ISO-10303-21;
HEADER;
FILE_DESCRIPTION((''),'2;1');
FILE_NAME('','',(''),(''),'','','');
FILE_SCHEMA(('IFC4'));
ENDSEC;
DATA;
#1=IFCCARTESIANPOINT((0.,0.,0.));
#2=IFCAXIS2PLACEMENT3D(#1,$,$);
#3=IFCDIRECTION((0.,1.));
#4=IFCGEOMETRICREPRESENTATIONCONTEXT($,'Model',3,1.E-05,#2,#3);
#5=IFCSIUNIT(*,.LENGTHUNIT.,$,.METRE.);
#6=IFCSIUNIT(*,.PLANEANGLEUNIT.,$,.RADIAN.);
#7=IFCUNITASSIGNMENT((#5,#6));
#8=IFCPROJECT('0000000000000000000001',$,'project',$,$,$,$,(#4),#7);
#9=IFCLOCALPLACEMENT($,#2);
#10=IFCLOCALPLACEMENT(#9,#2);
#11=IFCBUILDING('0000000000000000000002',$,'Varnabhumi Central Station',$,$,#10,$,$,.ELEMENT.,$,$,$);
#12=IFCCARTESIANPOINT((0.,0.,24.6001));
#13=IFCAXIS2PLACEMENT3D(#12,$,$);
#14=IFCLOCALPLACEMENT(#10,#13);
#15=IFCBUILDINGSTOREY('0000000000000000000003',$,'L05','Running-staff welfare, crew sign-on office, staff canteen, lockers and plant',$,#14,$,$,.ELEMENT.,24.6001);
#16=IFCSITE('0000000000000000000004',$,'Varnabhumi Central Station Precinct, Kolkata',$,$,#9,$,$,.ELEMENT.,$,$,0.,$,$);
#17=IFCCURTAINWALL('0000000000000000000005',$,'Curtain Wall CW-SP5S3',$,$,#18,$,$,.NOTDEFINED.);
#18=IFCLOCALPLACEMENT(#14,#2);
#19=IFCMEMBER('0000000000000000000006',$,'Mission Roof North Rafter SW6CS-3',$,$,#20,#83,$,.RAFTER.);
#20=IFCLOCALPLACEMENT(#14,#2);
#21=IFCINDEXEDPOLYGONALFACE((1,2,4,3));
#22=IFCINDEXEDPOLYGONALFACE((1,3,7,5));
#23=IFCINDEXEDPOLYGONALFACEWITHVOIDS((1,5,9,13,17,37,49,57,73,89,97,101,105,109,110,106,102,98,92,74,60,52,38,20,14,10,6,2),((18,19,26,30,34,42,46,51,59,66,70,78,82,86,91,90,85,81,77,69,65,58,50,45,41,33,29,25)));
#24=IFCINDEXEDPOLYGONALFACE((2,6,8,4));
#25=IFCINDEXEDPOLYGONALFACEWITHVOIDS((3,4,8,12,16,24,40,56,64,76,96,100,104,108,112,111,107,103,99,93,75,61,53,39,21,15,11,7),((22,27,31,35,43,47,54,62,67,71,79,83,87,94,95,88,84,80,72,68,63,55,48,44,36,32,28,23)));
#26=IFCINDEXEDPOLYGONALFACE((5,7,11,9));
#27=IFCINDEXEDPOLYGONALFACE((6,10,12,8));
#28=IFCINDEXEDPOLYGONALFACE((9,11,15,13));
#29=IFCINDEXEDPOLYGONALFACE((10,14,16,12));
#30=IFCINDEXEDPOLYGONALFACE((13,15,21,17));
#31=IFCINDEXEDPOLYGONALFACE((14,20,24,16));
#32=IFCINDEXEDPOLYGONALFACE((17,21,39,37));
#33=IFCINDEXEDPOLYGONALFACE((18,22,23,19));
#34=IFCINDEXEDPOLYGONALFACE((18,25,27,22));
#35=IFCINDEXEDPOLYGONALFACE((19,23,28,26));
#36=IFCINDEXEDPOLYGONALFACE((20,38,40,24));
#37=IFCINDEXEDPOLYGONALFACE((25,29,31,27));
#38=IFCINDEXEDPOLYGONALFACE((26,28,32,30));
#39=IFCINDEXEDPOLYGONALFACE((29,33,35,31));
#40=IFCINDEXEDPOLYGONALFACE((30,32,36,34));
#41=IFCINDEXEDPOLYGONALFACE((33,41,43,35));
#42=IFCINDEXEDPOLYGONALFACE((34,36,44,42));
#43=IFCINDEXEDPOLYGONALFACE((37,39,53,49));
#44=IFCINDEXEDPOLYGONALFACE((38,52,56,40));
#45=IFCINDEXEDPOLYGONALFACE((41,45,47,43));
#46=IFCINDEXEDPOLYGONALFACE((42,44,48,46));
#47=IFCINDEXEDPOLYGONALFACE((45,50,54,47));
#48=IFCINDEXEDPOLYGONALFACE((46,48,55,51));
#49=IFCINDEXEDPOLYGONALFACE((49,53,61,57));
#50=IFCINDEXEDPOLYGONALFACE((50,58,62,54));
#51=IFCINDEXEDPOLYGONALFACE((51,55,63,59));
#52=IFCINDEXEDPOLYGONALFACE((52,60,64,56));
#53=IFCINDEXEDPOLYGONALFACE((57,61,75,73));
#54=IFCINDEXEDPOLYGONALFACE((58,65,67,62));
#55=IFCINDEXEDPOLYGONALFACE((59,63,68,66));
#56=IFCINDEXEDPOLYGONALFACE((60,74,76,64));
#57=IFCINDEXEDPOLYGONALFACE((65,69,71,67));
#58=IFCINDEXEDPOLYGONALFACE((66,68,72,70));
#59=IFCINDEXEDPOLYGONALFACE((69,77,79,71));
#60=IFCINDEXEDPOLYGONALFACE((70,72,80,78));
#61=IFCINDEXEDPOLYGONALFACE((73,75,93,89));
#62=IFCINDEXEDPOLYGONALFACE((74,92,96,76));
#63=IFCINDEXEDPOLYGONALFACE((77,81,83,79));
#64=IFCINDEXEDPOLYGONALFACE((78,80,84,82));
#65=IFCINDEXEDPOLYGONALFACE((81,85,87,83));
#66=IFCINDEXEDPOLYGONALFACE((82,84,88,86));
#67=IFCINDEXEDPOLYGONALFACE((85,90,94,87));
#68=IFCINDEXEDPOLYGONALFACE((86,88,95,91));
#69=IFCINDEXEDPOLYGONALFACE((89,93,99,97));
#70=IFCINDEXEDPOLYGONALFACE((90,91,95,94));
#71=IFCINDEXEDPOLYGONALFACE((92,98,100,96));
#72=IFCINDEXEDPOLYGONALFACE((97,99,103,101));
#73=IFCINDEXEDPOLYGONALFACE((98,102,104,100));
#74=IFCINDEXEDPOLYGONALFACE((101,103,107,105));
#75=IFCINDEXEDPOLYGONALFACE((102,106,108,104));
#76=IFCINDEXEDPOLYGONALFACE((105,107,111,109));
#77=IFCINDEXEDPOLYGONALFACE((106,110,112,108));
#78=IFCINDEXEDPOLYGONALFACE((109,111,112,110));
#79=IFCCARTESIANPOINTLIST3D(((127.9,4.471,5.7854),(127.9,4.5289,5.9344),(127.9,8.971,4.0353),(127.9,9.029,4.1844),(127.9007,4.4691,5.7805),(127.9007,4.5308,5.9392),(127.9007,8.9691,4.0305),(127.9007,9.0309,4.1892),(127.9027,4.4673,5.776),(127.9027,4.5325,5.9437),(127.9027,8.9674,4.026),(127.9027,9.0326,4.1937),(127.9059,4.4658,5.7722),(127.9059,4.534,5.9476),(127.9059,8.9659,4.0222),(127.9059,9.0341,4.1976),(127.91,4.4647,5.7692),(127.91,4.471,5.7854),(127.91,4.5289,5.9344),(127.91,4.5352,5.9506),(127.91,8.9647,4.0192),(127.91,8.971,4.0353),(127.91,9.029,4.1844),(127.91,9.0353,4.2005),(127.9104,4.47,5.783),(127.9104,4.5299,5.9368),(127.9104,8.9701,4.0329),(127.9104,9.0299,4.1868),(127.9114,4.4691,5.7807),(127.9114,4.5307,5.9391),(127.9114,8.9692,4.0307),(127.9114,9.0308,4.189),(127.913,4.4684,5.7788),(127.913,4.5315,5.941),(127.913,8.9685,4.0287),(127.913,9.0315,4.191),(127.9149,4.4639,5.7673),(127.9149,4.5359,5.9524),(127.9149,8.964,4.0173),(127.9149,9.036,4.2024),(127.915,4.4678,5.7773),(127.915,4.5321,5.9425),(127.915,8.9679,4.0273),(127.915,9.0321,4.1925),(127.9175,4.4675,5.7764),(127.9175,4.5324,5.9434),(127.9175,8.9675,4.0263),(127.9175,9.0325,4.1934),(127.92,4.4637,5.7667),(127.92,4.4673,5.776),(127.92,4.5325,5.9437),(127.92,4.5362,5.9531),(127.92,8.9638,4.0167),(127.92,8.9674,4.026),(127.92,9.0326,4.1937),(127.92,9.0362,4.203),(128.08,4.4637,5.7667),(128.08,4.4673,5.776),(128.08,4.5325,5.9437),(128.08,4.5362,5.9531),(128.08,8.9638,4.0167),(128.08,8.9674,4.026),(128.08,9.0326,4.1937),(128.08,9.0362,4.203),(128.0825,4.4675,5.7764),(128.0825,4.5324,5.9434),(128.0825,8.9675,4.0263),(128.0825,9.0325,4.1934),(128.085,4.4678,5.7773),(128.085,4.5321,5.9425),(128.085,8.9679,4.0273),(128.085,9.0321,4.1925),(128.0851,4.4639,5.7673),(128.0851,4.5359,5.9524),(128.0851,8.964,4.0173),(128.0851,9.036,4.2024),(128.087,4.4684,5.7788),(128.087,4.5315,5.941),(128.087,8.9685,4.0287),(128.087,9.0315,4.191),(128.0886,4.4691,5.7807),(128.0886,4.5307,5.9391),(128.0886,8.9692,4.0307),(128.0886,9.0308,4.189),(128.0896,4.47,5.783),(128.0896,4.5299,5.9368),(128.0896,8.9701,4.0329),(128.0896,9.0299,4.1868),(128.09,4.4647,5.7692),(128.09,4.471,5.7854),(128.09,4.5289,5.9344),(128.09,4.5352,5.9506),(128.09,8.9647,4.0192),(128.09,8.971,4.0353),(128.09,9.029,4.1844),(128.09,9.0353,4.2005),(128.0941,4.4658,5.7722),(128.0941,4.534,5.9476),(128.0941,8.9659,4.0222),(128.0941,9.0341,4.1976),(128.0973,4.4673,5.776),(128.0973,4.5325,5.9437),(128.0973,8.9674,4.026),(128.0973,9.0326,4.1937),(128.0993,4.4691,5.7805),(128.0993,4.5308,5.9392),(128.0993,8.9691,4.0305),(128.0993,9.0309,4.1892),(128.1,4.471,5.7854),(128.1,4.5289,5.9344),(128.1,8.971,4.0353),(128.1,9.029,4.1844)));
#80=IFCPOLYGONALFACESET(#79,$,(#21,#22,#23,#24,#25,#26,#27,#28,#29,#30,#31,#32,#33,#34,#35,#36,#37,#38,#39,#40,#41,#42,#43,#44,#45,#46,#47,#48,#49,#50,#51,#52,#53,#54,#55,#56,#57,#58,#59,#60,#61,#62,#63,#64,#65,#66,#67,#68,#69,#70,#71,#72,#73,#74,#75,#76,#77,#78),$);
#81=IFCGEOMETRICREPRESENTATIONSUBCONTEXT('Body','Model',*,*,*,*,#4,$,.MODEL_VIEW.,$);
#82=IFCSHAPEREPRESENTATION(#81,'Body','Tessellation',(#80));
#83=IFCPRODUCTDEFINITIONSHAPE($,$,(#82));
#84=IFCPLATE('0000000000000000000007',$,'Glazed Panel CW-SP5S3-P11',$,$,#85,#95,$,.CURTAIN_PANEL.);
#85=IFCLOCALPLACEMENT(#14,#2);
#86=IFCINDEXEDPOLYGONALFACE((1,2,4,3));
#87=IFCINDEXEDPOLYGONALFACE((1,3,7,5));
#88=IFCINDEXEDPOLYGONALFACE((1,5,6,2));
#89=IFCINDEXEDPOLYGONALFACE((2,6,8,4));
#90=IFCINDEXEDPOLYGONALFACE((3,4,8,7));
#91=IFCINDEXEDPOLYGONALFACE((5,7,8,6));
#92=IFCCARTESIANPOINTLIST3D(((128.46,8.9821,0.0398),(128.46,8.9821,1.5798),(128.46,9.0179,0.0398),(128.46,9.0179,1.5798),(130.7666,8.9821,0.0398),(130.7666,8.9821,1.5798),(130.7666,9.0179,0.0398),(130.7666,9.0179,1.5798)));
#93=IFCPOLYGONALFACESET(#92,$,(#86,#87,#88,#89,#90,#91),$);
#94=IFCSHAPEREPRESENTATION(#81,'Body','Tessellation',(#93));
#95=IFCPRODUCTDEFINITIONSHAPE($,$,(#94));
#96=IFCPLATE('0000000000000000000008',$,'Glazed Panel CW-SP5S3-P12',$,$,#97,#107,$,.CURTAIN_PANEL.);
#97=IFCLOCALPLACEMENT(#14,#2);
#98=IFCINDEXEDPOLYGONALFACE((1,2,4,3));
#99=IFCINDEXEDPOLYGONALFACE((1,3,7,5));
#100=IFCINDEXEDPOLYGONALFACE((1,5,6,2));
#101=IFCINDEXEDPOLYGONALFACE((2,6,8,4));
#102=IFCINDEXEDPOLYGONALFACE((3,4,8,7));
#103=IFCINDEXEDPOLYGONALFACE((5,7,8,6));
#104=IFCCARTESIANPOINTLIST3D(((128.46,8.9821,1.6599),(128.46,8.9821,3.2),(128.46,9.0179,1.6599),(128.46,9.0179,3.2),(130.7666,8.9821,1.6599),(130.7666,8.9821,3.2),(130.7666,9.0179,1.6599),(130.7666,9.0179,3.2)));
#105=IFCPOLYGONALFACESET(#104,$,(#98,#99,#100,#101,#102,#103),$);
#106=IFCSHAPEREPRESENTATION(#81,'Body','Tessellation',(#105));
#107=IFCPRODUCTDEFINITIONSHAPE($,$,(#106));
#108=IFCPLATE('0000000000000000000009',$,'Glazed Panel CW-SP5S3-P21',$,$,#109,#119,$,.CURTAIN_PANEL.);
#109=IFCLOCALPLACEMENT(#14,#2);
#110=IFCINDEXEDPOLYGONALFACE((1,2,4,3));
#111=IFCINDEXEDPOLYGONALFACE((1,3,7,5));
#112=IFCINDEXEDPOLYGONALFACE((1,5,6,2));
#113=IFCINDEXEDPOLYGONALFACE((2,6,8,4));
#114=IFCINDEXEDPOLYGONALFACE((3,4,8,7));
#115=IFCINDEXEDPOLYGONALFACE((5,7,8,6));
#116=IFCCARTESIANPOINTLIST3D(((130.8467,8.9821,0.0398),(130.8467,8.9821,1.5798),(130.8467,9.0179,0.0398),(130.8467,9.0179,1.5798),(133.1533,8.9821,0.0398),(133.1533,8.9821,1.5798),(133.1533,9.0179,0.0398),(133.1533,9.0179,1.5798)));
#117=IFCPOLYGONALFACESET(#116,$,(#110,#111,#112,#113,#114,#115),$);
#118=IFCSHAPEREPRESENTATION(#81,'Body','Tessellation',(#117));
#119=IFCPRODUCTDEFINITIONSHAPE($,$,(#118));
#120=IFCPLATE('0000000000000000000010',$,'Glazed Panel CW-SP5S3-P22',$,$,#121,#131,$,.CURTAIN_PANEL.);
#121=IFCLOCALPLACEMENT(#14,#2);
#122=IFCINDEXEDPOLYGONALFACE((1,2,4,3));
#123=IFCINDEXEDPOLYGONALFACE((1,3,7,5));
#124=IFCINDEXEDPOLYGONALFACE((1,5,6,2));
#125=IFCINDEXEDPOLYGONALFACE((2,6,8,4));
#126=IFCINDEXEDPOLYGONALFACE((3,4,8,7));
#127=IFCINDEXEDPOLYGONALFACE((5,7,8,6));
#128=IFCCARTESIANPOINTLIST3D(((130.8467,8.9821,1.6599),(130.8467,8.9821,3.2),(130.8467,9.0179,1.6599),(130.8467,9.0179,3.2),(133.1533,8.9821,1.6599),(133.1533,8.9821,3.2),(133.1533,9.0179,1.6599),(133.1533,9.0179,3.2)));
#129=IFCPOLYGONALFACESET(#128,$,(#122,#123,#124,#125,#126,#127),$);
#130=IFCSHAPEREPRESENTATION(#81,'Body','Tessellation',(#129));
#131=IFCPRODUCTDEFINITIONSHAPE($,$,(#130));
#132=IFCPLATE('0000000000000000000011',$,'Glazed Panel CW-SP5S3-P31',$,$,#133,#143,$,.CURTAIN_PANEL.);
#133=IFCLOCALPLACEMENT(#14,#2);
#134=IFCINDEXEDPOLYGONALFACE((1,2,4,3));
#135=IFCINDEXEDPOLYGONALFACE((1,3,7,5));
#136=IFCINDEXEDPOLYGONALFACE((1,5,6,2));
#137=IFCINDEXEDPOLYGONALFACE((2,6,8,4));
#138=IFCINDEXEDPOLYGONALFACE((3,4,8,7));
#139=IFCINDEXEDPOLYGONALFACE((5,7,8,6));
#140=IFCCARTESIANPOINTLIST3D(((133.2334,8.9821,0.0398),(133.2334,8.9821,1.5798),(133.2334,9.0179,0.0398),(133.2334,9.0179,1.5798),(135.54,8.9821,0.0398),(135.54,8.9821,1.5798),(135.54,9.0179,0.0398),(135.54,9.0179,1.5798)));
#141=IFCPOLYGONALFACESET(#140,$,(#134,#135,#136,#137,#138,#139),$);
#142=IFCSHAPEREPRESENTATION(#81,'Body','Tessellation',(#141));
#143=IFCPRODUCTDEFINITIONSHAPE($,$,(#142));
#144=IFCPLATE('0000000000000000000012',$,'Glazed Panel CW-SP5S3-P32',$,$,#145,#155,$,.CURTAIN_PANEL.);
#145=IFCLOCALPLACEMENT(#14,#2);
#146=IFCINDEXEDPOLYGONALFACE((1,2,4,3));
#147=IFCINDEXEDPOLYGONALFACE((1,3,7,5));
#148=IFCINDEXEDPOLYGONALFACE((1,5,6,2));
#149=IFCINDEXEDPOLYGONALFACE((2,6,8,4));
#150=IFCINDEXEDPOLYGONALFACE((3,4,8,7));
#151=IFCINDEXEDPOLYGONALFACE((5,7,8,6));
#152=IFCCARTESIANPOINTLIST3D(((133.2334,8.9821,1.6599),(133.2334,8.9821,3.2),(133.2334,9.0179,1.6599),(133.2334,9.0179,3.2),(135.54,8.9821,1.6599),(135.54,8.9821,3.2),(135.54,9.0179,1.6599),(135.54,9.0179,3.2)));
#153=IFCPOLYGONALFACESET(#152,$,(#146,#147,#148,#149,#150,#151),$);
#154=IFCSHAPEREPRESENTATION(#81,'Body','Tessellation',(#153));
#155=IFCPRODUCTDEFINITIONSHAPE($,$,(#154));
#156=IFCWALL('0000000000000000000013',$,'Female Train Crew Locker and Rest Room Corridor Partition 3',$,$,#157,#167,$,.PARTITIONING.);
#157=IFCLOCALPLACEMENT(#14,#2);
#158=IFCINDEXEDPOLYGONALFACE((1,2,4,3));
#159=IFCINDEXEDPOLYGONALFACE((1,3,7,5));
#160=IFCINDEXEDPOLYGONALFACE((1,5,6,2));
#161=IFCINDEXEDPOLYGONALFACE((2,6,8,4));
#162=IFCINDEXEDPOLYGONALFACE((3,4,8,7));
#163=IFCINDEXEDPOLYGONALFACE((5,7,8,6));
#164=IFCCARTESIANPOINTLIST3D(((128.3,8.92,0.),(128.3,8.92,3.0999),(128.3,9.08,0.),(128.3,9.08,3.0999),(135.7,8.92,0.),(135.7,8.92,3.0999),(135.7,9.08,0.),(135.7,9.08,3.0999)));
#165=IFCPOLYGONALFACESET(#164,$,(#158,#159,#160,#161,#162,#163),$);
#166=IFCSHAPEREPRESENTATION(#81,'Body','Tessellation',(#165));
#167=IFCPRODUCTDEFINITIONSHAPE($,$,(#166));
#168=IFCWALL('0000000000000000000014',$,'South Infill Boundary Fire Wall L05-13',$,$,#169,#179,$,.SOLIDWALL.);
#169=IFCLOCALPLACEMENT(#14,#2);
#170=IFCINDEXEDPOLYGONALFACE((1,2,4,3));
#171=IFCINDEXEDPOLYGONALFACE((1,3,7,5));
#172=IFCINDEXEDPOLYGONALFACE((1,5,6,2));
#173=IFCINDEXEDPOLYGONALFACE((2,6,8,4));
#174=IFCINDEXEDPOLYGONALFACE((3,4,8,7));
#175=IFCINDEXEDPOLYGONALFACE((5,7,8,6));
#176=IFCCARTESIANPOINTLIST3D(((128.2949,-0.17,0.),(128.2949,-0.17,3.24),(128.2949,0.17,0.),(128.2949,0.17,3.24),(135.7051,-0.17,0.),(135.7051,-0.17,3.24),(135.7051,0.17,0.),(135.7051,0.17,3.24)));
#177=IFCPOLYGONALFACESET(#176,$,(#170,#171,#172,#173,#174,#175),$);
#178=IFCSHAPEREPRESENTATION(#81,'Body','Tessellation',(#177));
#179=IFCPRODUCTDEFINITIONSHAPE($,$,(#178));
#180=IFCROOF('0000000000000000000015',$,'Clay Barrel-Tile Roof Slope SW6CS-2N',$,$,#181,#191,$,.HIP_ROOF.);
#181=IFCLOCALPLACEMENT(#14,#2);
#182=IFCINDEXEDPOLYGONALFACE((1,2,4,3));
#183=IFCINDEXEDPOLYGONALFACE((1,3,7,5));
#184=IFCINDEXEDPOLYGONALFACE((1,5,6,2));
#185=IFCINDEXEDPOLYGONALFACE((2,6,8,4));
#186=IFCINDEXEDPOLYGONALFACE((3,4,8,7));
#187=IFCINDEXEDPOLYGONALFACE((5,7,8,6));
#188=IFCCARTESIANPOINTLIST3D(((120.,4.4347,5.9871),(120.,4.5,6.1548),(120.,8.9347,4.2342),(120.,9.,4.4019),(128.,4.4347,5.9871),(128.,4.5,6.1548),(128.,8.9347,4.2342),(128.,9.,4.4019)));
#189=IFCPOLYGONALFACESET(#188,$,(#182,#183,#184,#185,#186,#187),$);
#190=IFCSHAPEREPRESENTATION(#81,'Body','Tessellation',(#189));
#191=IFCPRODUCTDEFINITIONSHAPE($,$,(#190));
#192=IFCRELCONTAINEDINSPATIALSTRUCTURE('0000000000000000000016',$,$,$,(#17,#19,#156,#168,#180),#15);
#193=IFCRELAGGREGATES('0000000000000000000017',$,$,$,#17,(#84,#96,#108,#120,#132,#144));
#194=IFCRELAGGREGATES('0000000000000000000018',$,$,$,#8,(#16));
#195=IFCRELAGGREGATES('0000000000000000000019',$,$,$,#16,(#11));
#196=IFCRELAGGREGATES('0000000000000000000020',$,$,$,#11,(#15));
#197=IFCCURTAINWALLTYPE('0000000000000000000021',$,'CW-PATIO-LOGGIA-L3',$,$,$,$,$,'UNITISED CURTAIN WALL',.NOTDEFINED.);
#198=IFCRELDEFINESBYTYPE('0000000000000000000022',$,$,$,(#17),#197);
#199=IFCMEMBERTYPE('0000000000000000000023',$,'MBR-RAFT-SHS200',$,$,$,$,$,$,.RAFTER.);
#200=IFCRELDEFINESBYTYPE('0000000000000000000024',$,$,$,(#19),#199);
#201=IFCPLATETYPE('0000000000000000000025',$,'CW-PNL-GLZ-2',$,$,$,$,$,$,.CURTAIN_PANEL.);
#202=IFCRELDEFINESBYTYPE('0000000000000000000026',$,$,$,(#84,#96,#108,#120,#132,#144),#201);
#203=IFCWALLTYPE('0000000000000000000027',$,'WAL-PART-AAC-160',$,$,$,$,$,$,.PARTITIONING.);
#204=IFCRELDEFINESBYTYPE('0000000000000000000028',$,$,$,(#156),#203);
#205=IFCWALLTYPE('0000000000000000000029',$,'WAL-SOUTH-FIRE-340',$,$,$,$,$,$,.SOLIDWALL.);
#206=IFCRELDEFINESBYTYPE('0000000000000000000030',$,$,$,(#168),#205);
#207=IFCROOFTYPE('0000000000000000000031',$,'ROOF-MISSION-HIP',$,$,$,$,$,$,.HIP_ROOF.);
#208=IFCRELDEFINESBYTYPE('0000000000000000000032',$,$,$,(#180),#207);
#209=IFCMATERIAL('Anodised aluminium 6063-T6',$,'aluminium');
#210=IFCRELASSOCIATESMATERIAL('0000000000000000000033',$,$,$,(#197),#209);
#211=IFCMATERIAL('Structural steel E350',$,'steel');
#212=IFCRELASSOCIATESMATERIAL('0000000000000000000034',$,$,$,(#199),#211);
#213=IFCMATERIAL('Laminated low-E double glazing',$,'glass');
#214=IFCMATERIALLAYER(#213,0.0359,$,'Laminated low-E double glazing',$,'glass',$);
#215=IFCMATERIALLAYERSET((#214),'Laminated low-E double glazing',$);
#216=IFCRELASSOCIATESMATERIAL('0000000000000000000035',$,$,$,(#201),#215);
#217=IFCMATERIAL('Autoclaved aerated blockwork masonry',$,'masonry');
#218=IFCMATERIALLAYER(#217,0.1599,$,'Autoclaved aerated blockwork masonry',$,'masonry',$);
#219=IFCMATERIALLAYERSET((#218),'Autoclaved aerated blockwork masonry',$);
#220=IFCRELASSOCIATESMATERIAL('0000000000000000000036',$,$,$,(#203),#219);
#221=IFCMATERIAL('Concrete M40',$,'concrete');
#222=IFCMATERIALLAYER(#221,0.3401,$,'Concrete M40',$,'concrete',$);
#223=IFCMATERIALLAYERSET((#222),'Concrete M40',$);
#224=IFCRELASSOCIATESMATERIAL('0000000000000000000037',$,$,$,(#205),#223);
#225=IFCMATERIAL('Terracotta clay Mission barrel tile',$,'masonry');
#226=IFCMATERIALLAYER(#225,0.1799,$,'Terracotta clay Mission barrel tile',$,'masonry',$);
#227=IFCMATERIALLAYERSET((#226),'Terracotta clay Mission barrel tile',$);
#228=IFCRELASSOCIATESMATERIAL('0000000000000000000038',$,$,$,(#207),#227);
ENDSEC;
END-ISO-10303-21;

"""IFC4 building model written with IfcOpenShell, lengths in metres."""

from ifc_helpers import new_model, si_unit, direction, frame, frame_2d, origin, origin_2d, place, context, subcontext, project, spatial, polyline, rectangle, hollow_rectangle, outline, extrude, material, layer, layer_set, material_profile, profile_set, type_object, element, aggregate, save


model = new_model("IFC4")

# Units and contexts
model_context = context("Model", 3, precision=1e-05, world=origin(), true_north=direction((0.0, 1.0)))
body_context = subcontext(model_context, "Body", "Model", "MODEL_VIEW")
ifc_project = project(units=[si_unit("LENGTHUNIT", "METRE"), si_unit("PLANEANGLEUNIT", "RADIAN")], contexts=[model_context])

# Site, building, storey
site_placement = place(None, origin())
site = spatial("IfcSite", under=ifc_project, at=site_placement, Name="Varnabhumi Central Station Precinct, Kolkata", CompositionType="ELEMENT", RefElevation=0.0)
building_placement = place(site_placement, origin())
building = spatial("IfcBuilding", under=site, at=building_placement, Name="Varnabhumi Central Station", CompositionType="ELEMENT")
storey_placement = place(building_placement, frame((0.0, 0.0, 24.6001)))
storey = spatial("IfcBuildingStorey", under=building, at=storey_placement, Name="L05", Description="Running-staff welfare, crew sign-on office, staff canteen, lockers and plant", CompositionType="ELEMENT", Elevation=24.6001)

# Shared definitions
ifc_material_1 = material(Name="Concrete M40", Category="concrete")

# Shared definitions
ifc_material_2 = material(Name="Structural steel E350", Category="steel")

# Curtain wall
ifc_material_3 = material(Name="Anodised aluminium 6063-T6", Category="aluminium")
curtain_wall_type = type_object("IfcCurtainWallType", Name="CW-PATIO-LOGGIA-L3", ElementType="UNITISED CURTAIN WALL", PredefinedType="NOTDEFINED", material=ifc_material_3)
curtain_wall_placement = place(storey_placement, origin())
curtain_wall = element("IfcCurtainWall", 1, at=curtain_wall_placement, inside=storey, type_object=curtain_wall_type, Name="Curtain Wall CW-SP5S3", PredefinedType="NOTDEFINED")

# Member
ifc_material_profile_1 = material_profile(ifc_material_2, hollow_rectangle(XDim=0.2, YDim=0.2, WallThickness=0.01, InnerFilletRadius=0.01, OuterFilletRadius=0.02, at=origin_2d()), Name="Structural steel E350", Category="steel")
ifc_profile_set_1 = profile_set([ifc_material_profile_1], Name="Structural steel E350")
member_type_1 = type_object("IfcMemberType", Name="MBR-RAFT-SHS200", PredefinedType="RAFTER", material=ifc_profile_set_1)
member_1_placement = place(storey_placement, frame((128.0, 9.0, 4.1099), z_axis=(0.0, -0.932005, 0.362446), x_axis=(1.0, 0.0, 0.0)))
element("IfcMember", 2, at=member_1_placement, inside=storey, type_object=member_type_1, Name="Mission Roof North Rafter SW6CS-3", PredefinedType="RAFTER", context=body_context, shape_type="SweptSolid", body=[
    extrude(hollow_rectangle(XDim=0.2, YDim=0.2, WallThickness=0.01, InnerFilletRadius=0.01, OuterFilletRadius=0.02, at=origin_2d()), origin(), (0.0, 0.0, 1.0), 4.8284),
])

# Plates
ifc_material_4 = material(Name="Laminated low-E double glazing", Category="glass")
ifc_layer_1 = layer(ifc_material_4, 0.0359, Name="Laminated low-E double glazing", Category="glass")
ifc_layer_set_1 = layer_set([ifc_layer_1], Name="Laminated low-E double glazing")
plate_type = type_object("IfcPlateType", Name="CW-PNL-GLZ-2", PredefinedType="CURTAIN_PANEL", material=ifc_layer_set_1)
plate_1_placement = place(storey_placement, frame((129.6133, 9.0, 0.0398), z_axis=(0.0, 0.0, 1.0), x_axis=(1.0, 0.0, 0.0)))
plate_1 = element("IfcPlate", 3, at=plate_1_placement, type_object=plate_type, Name="Glazed Panel CW-SP5S3-P11", PredefinedType="CURTAIN_PANEL", context=body_context, shape_type="SweptSolid", body=[
    extrude(rectangle(XDim=2.3066, YDim=0.0359, at=origin_2d()), origin(), (0.0, 0.0, 1.0), 1.54),
])
plate_2_placement = place(storey_placement, frame((129.6133, 9.0, 1.6599), z_axis=(0.0, 0.0, 1.0), x_axis=(1.0, 0.0, 0.0)))
plate_2 = element("IfcPlate", 4, at=plate_2_placement, type_object=plate_type, Name="Glazed Panel CW-SP5S3-P12", PredefinedType="CURTAIN_PANEL", context=body_context, shape_type="SweptSolid", body=[
    extrude(rectangle(XDim=2.3066, YDim=0.0359, at=origin_2d()), origin(), (0.0, 0.0, 1.0), 1.54),
])
plate_3_placement = place(storey_placement, frame((132.0, 9.0, 0.0398), z_axis=(0.0, 0.0, 1.0), x_axis=(1.0, 0.0, 0.0)))
plate_3 = element("IfcPlate", 5, at=plate_3_placement, type_object=plate_type, Name="Glazed Panel CW-SP5S3-P21", PredefinedType="CURTAIN_PANEL", context=body_context, shape_type="SweptSolid", body=[
    extrude(rectangle(XDim=2.3066, YDim=0.0359, at=origin_2d()), origin(), (0.0, 0.0, 1.0), 1.54),
])
plate_4_placement = place(storey_placement, frame((132.0, 9.0, 1.6599), z_axis=(0.0, 0.0, 1.0), x_axis=(1.0, 0.0, 0.0)))
plate_4 = element("IfcPlate", 6, at=plate_4_placement, type_object=plate_type, Name="Glazed Panel CW-SP5S3-P22", PredefinedType="CURTAIN_PANEL", context=body_context, shape_type="SweptSolid", body=[
    extrude(rectangle(XDim=2.3066, YDim=0.0359, at=origin_2d()), origin(), (0.0, 0.0, 1.0), 1.54),
])
plate_5_placement = place(storey_placement, frame((134.3867, 9.0, 0.0398), z_axis=(0.0, 0.0, 1.0), x_axis=(1.0, 0.0, 0.0)))
plate_5 = element("IfcPlate", 7, at=plate_5_placement, type_object=plate_type, Name="Glazed Panel CW-SP5S3-P31", PredefinedType="CURTAIN_PANEL", context=body_context, shape_type="SweptSolid", body=[
    extrude(rectangle(XDim=2.3066, YDim=0.0359, at=origin_2d()), origin(), (0.0, 0.0, 1.0), 1.54),
])
plate_6_placement = place(storey_placement, frame((134.3867, 9.0, 1.6599), z_axis=(0.0, 0.0, 1.0), x_axis=(1.0, 0.0, 0.0)))
plate_6 = element("IfcPlate", 8, at=plate_6_placement, type_object=plate_type, Name="Glazed Panel CW-SP5S3-P32", PredefinedType="CURTAIN_PANEL", context=body_context, shape_type="SweptSolid", body=[
    extrude(rectangle(XDim=2.3066, YDim=0.0359, at=origin_2d()), origin(), (0.0, 0.0, 1.0), 1.54),
])
aggregate(curtain_wall, [plate_1, plate_2, plate_3, plate_4, plate_5, plate_6])

# Walls
ifc_material_5 = material(Name="Autoclaved aerated blockwork masonry", Category="masonry")
ifc_layer_2 = layer(ifc_material_5, 0.1599, Name="Autoclaved aerated blockwork masonry", Category="masonry")
ifc_layer_set_2 = layer_set([ifc_layer_2], Name="Autoclaved aerated blockwork masonry")
wall_type_1 = type_object("IfcWallType", Name="WAL-PART-AAC-160", PredefinedType="PARTITIONING", material=ifc_layer_set_2)
wall_1_placement = place(storey_placement, frame((128.3, 9.0, 0.0), z_axis=(0.0, 0.0, 1.0), x_axis=(1.0, 0.0, 0.0)))
element("IfcWall", 9, at=wall_1_placement, inside=storey, type_object=wall_type_1, Name="Female Train Crew Locker and Rest Room Corridor Partition 3", PredefinedType="PARTITIONING", context=body_context, shape_type="SweptSolid", body=[
    extrude(rectangle(XDim=7.3999, YDim=0.1599, at=frame_2d((3.7, 0.0))), origin(), (0.0, 0.0, 1.0), 3.0999),
])
ifc_layer_3 = layer(ifc_material_1, 0.3401, Name="Concrete M40", Category="concrete")
ifc_layer_set_3 = layer_set([ifc_layer_3], Name="Concrete M40")
wall_type_2 = type_object("IfcWallType", Name="WAL-SOUTH-FIRE-340", PredefinedType="SOLIDWALL", material=ifc_layer_set_3)
wall_2_placement = place(storey_placement, frame((128.2949, 0.0, 0.0), z_axis=(0.0, 0.0, 1.0), x_axis=(1.0, 0.0, 0.0)))
element("IfcWall", 10, at=wall_2_placement, inside=storey, type_object=wall_type_2, Name="South Infill Boundary Fire Wall L05-13", PredefinedType="SOLIDWALL", context=body_context, shape_type="SweptSolid", body=[
    extrude(rectangle(XDim=7.4102, YDim=0.3401, at=frame_2d((3.7051, 0.0))), origin(), (0.0, 0.0, 1.0), 3.24),
])

# Roof
ifc_material_6 = material(Name="Terracotta clay Mission barrel tile", Category="masonry")
ifc_layer_4 = layer(ifc_material_6, 0.1799, Name="Terracotta clay Mission barrel tile", Category="masonry")
ifc_layer_set_4 = layer_set([ifc_layer_4], Name="Terracotta clay Mission barrel tile")
roof_type = type_object("IfcRoofType", Name="ROOF-MISSION-HIP", PredefinedType="HIP_ROOF", material=ifc_layer_set_4)
roof_placement = place(storey_placement, frame((128.0, 9.0, 4.4019), z_axis=(0.0, 0.362973, 0.9318), x_axis=(-1.0, 0.0, 0.0)))
element("IfcRoof", 11, at=roof_placement, inside=storey, type_object=roof_type, Name="Clay Barrel-Tile Roof Slope SW6CS-2N", PredefinedType="HIP_ROOF", context=body_context, shape_type="SweptSolid", body=[
    extrude(outline(polyline([(0.0, 0.0), (8.0, 0.0), (8.0, 4.8294), (0.0, 4.8294), (0.0, 0.0)])), origin(), (0.0, 0.0, -1.0), 0.1799),
])

save(model, "model.ifc")
